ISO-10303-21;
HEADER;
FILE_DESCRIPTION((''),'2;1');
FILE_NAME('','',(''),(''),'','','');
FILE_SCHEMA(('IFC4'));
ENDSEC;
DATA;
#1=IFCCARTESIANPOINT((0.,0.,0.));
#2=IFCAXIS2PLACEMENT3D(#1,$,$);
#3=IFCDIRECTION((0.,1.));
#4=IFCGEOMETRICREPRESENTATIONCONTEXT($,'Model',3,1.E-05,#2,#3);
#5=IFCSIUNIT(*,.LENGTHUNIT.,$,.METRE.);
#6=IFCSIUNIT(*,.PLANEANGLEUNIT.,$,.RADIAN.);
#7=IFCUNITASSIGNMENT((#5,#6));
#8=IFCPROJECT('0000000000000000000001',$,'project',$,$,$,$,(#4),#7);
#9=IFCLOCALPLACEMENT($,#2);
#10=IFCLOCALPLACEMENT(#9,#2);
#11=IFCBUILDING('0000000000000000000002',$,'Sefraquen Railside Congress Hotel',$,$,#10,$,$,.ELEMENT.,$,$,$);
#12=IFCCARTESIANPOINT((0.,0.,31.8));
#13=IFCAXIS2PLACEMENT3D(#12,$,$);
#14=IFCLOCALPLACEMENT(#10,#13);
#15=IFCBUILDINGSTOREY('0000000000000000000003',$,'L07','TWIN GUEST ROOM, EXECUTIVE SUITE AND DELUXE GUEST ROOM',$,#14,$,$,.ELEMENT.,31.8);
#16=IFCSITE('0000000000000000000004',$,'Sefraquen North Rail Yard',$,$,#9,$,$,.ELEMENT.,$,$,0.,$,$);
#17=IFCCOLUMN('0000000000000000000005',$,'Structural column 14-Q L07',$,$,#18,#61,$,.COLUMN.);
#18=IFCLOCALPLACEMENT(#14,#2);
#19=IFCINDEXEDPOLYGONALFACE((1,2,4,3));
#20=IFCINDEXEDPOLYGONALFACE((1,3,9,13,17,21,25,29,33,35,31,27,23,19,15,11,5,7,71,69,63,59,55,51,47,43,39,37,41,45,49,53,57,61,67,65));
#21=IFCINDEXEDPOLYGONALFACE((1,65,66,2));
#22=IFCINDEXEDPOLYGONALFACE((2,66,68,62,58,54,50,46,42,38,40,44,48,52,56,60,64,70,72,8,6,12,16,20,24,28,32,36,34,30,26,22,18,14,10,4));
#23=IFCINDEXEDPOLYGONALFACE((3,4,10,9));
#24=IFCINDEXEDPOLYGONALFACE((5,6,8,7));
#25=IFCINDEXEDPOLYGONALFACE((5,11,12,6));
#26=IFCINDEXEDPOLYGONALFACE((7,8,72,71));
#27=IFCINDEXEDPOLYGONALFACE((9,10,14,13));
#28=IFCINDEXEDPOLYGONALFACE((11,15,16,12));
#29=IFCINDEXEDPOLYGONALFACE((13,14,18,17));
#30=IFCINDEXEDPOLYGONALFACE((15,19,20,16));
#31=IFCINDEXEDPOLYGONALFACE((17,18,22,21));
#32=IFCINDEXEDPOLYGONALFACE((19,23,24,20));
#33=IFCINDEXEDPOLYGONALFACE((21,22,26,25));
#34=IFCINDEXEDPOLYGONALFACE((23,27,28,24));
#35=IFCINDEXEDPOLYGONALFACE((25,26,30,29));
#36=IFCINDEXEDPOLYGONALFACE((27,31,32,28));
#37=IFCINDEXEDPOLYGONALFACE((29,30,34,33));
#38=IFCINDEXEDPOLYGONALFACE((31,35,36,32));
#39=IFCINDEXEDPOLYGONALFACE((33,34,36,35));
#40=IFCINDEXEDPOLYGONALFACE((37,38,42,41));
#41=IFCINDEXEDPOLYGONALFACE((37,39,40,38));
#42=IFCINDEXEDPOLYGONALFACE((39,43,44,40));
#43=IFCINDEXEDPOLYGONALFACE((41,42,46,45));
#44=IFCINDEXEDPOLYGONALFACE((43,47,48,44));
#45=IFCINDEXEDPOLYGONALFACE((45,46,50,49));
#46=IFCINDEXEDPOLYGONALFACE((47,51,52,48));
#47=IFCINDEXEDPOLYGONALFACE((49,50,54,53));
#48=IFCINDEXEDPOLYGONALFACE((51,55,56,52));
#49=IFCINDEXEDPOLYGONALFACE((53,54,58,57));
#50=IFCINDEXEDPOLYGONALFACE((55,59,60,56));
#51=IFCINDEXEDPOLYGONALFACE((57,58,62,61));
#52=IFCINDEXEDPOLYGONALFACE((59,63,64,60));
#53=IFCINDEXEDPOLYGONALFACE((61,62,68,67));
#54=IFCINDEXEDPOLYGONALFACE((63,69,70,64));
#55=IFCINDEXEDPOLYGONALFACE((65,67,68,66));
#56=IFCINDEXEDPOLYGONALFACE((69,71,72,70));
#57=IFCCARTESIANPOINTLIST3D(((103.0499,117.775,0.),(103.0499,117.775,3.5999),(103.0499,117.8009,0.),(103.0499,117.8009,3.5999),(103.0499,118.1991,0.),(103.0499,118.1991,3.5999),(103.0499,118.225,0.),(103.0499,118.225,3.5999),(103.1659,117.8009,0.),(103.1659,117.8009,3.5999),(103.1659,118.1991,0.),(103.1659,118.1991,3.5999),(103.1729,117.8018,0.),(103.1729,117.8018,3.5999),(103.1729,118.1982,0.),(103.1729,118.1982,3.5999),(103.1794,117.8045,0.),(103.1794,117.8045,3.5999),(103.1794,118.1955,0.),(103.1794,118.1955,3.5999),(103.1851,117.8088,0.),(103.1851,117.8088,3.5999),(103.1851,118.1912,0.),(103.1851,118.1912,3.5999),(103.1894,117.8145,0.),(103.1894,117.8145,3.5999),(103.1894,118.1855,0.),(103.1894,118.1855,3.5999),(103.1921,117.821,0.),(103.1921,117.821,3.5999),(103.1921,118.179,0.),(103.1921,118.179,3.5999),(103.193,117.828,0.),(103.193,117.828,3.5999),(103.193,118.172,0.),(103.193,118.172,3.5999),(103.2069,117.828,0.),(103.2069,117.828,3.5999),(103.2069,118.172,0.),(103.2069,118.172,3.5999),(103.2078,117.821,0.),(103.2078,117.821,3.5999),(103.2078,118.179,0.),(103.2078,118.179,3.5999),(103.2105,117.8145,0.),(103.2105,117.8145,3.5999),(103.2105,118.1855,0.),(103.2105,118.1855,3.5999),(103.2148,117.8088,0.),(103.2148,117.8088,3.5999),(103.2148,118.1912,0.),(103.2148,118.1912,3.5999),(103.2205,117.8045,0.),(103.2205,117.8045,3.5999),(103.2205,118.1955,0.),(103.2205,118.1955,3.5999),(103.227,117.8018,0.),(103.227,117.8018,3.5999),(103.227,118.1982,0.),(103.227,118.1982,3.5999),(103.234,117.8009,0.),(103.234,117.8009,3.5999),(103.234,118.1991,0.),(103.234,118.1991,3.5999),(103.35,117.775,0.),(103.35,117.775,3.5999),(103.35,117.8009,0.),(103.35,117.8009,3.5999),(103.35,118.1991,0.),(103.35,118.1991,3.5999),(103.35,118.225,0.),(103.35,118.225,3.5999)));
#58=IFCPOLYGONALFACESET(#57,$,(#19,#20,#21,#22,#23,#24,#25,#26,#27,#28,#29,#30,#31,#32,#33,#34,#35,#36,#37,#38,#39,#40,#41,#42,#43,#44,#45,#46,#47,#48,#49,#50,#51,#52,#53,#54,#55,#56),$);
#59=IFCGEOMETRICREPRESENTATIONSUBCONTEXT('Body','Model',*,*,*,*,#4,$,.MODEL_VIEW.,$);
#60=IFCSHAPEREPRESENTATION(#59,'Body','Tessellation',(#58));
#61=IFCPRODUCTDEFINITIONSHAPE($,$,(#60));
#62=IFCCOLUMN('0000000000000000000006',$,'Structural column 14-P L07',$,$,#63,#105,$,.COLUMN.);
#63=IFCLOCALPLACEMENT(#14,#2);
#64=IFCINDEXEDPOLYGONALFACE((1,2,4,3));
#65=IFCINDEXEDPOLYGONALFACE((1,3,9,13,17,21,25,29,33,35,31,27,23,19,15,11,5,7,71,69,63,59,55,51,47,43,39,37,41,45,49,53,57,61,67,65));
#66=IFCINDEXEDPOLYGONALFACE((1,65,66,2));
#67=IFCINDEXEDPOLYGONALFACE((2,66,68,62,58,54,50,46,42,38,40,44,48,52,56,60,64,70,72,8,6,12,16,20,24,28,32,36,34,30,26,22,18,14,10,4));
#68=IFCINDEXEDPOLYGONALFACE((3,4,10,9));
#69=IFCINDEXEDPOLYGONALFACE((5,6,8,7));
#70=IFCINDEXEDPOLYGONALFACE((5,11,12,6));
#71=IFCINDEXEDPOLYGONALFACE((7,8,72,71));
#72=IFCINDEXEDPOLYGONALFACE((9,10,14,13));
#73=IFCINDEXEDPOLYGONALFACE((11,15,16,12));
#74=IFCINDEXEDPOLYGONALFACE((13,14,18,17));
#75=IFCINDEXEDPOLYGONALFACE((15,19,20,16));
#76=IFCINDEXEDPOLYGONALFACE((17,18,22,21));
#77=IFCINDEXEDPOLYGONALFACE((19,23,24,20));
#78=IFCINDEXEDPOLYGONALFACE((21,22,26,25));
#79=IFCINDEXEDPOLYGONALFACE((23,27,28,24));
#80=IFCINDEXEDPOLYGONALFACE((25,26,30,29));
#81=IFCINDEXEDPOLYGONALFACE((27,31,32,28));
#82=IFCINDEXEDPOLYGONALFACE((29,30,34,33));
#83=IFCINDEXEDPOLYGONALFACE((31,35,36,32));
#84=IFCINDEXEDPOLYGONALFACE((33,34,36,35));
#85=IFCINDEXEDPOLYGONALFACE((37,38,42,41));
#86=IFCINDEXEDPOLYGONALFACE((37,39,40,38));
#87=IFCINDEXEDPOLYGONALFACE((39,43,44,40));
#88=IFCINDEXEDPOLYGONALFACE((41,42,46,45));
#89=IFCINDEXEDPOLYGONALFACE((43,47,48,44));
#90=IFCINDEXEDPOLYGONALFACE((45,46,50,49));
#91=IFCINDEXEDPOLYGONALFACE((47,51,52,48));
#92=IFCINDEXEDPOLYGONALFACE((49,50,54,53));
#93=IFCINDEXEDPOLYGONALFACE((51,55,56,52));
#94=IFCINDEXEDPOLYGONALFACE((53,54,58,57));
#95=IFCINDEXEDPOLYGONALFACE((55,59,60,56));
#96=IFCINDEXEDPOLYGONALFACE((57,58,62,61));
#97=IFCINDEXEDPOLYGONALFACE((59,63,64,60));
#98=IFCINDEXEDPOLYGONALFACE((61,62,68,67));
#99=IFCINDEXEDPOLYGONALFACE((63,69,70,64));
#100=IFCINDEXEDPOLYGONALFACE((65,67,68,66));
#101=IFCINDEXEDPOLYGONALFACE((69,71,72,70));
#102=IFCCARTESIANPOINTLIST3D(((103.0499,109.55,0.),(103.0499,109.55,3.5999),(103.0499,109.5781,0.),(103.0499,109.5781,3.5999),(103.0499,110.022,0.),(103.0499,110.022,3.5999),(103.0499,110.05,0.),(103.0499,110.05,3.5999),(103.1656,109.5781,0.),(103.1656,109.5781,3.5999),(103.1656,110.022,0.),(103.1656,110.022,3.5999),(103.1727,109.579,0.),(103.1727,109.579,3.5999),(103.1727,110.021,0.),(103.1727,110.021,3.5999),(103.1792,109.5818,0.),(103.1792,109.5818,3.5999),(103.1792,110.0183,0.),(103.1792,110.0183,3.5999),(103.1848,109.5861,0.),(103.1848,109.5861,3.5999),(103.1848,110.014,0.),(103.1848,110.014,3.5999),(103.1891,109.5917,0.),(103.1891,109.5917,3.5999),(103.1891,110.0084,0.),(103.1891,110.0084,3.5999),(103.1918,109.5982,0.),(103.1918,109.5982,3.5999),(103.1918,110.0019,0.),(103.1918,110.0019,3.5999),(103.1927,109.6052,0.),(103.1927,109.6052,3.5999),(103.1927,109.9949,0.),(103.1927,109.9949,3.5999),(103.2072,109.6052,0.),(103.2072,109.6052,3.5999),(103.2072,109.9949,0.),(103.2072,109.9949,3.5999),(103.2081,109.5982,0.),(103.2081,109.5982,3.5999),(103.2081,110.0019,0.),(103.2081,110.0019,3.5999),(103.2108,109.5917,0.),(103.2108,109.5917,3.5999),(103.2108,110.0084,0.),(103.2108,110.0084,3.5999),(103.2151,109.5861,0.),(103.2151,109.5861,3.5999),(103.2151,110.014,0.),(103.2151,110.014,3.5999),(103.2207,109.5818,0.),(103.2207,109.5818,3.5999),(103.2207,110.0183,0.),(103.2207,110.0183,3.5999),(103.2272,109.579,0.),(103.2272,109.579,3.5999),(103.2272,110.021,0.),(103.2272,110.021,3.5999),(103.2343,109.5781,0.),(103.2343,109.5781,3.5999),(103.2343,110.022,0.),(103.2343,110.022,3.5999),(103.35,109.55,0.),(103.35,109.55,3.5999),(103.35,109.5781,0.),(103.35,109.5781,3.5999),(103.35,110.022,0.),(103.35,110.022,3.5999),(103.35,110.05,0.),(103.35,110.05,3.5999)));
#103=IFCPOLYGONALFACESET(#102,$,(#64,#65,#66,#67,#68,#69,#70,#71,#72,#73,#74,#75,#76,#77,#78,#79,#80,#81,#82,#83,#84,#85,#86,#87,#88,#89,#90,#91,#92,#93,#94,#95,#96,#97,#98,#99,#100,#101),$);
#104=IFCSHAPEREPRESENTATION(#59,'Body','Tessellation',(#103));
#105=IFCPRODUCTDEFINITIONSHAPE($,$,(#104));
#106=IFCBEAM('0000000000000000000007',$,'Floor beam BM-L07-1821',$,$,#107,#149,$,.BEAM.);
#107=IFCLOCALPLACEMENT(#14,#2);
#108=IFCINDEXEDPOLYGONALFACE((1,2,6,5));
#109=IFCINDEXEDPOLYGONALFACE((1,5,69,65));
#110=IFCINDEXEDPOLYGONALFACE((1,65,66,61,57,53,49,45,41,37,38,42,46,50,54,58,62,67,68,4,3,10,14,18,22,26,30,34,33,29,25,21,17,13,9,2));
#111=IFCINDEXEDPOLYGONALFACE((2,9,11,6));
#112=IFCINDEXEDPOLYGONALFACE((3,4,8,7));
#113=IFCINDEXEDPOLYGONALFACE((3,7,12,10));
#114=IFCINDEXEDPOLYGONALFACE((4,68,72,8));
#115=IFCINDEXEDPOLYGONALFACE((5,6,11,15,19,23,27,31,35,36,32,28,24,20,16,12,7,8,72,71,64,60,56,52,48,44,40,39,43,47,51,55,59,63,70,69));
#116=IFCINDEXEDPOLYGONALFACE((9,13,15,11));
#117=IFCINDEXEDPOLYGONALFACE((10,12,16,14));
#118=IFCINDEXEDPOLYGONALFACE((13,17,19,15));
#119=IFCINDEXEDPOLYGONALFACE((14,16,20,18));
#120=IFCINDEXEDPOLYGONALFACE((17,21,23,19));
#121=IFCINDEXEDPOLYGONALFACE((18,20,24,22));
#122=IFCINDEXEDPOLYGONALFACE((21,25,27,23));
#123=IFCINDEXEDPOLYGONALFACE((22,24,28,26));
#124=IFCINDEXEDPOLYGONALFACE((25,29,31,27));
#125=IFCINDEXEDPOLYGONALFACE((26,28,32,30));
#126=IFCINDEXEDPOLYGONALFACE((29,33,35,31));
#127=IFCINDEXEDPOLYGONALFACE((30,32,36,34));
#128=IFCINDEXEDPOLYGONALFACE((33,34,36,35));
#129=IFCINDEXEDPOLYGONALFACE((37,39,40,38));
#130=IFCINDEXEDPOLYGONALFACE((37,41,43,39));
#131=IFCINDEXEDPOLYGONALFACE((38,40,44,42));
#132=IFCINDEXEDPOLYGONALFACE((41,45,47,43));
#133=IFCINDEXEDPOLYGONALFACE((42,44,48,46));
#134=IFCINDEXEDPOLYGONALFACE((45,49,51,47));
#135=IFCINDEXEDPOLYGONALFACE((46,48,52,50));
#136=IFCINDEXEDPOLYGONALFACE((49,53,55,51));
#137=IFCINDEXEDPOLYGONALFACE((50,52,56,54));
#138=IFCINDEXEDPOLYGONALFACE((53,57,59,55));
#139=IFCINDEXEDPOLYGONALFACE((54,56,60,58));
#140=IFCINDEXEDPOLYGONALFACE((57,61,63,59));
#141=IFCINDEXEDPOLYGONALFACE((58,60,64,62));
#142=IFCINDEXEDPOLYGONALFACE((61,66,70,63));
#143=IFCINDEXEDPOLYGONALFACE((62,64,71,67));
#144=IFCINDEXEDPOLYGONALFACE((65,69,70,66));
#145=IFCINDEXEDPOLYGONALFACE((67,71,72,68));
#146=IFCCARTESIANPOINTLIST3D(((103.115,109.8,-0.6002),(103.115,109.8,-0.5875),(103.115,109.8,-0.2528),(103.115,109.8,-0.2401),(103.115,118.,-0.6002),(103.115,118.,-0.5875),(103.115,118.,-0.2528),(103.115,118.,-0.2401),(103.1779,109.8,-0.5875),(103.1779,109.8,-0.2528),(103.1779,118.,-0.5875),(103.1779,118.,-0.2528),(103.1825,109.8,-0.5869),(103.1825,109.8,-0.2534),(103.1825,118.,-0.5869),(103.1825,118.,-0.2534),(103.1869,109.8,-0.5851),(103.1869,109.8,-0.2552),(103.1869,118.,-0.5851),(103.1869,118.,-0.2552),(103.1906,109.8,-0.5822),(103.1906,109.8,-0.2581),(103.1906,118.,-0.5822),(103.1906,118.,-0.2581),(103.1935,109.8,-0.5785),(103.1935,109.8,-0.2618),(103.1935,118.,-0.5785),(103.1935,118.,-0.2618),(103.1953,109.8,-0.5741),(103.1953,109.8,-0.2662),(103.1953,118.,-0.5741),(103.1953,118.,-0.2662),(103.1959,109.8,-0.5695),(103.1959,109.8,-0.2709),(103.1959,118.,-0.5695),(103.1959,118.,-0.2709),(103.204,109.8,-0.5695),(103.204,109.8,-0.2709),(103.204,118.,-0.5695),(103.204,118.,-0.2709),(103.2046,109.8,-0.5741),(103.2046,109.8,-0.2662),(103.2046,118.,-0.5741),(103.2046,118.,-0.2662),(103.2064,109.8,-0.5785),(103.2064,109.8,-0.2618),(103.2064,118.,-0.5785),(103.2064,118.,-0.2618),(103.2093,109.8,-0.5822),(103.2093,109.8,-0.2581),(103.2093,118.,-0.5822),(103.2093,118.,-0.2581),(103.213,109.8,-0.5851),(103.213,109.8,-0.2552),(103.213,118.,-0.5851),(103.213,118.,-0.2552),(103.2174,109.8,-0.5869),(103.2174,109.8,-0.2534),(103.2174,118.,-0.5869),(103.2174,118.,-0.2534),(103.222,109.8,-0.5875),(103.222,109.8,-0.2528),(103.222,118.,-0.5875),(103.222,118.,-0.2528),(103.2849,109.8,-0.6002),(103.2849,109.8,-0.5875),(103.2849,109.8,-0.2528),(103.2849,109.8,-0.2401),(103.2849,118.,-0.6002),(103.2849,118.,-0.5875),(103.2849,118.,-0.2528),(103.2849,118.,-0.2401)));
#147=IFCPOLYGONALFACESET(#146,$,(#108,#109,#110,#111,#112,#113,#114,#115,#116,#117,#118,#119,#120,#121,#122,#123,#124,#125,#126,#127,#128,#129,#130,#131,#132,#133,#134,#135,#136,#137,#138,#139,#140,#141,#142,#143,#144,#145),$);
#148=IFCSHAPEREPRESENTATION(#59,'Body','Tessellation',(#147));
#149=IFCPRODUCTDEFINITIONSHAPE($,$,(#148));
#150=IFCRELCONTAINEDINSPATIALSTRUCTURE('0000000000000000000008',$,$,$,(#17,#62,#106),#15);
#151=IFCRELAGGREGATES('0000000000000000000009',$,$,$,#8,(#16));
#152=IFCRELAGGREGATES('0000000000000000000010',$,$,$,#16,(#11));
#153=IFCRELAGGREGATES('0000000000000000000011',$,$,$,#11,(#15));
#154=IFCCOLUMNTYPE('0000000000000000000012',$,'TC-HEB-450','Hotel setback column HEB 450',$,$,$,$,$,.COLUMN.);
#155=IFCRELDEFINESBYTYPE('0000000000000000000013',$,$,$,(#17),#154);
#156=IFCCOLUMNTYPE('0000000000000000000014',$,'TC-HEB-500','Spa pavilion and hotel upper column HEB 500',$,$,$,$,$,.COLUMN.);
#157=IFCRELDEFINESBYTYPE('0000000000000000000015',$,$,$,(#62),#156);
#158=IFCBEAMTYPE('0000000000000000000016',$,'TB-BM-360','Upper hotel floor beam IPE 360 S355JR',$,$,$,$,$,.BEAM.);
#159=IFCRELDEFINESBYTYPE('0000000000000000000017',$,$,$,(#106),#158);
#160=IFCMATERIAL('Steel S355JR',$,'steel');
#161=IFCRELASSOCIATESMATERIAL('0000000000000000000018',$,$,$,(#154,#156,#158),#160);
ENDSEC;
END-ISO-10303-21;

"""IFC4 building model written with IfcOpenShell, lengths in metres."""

from ifc_helpers import new_model, si_unit, direction, frame, origin, origin_2d, place, context, subcontext, project, spatial, i_section, extrude, material, material_profile, profile_set, type_object, element, save


model = new_model("IFC4")

# Units and contexts
model_context = context("Model", 3, precision=1e-05, world=origin(), true_north=direction((0.0, 1.0)))
body_context = subcontext(model_context, "Body", "Model", "MODEL_VIEW")
ifc_project = project(units=[si_unit("LENGTHUNIT", "METRE"), si_unit("PLANEANGLEUNIT", "RADIAN")], contexts=[model_context])

# Site, building, storey
site_placement = place(None, origin())
site = spatial("IfcSite", under=ifc_project, at=site_placement, Name="Sefraquen North Rail Yard", CompositionType="ELEMENT", RefElevation=0.0)
building_placement = place(site_placement, origin())
building = spatial("IfcBuilding", under=site, at=building_placement, Name="Sefraquen Railside Congress Hotel", CompositionType="ELEMENT")
storey_placement = place(building_placement, frame((0.0, 0.0, 31.8)))
storey = spatial("IfcBuildingStorey", under=building, at=storey_placement, Name="L07", Description="TWIN GUEST ROOM, EXECUTIVE SUITE AND DELUXE GUEST ROOM", CompositionType="ELEMENT", Elevation=31.8)

# Columns
ifc_material_1 = material(Name="Steel S355JR", Category="steel")
ifc_material_profile_1 = material_profile(ifc_material_1, i_section(OverallWidth=0.3, OverallDepth=0.45, WebThickness=0.0139, FlangeThickness=0.0259, FilletRadius=0.0271, at=origin_2d()), Name="HEB 450")
ifc_profile_set_1 = profile_set([ifc_material_profile_1], Name="Steel S355JR")
column_type_1 = type_object("IfcColumnType", Name="TC-HEB-450", Description="Hotel setback column HEB 450", PredefinedType="COLUMN", material=ifc_profile_set_1)
column_1_placement = place(storey_placement, frame((103.2, 118.0, 0.0), z_axis=(0.0, 0.0, 1.0), x_axis=(1.0, 0.0, 0.0)))
element("IfcColumn", 1, at=column_1_placement, inside=storey, type_object=column_type_1, Name="Structural column 14-Q L07", PredefinedType="COLUMN", context=body_context, shape_type="SweptSolid", body=[
    extrude(i_section(OverallWidth=0.3, OverallDepth=0.45, WebThickness=0.0139, FlangeThickness=0.0259, FilletRadius=0.0271, at=origin_2d()), origin(), (0.0, 0.0, 1.0), 3.5999),
])
ifc_material_profile_2 = material_profile(ifc_material_1, i_section(OverallWidth=0.3, OverallDepth=0.5, WebThickness=0.0144, FlangeThickness=0.0281, FilletRadius=0.0271, at=origin_2d()), Name="HEB 500")
ifc_profile_set_2 = profile_set([ifc_material_profile_2], Name="Steel S355JR")
column_type_2 = type_object("IfcColumnType", Name="TC-HEB-500", Description="Spa pavilion and hotel upper column HEB 500", PredefinedType="COLUMN", material=ifc_profile_set_2)
column_2_placement = place(storey_placement, frame((103.2, 109.8, 0.0), z_axis=(0.0, 0.0, 1.0), x_axis=(1.0, 0.0, 0.0)))
element("IfcColumn", 2, at=column_2_placement, inside=storey, type_object=column_type_2, Name="Structural column 14-P L07", PredefinedType="COLUMN", context=body_context, shape_type="SweptSolid", body=[
    extrude(i_section(OverallWidth=0.3, OverallDepth=0.5, WebThickness=0.0144, FlangeThickness=0.0281, FilletRadius=0.0271, at=origin_2d()), origin(), (0.0, 0.0, 1.0), 3.5999),
])

# Beam
ifc_material_profile_3 = material_profile(ifc_material_1, i_section(OverallWidth=0.1699, OverallDepth=0.3601, WebThickness=0.0081, FlangeThickness=0.0127, FilletRadius=0.0181, at=origin_2d()), Name="IPE 360")
ifc_profile_set_3 = profile_set([ifc_material_profile_3], Name="Steel S355JR")
beam_type_1 = type_object("IfcBeamType", Name="TB-BM-360", Description="Upper hotel floor beam IPE 360 S355JR", PredefinedType="BEAM", material=ifc_profile_set_3)
beam_1_placement = place(storey_placement, frame((103.2, 109.8, -0.4202), z_axis=(0.0, 1.0, 0.0), x_axis=(-1.0, 0.0, 0.0)))
element("IfcBeam", 3, at=beam_1_placement, inside=storey, type_object=beam_type_1, Name="Floor beam BM-L07-1821", PredefinedType="BEAM", context=body_context, shape_type="SweptSolid", body=[
    extrude(i_section(OverallWidth=0.1699, OverallDepth=0.3601, WebThickness=0.0081, FlangeThickness=0.0127, FilletRadius=0.0181, at=origin_2d()), origin(), (0.0, 0.0, 1.0), 8.2),
])

save(model, "model.ifc")
